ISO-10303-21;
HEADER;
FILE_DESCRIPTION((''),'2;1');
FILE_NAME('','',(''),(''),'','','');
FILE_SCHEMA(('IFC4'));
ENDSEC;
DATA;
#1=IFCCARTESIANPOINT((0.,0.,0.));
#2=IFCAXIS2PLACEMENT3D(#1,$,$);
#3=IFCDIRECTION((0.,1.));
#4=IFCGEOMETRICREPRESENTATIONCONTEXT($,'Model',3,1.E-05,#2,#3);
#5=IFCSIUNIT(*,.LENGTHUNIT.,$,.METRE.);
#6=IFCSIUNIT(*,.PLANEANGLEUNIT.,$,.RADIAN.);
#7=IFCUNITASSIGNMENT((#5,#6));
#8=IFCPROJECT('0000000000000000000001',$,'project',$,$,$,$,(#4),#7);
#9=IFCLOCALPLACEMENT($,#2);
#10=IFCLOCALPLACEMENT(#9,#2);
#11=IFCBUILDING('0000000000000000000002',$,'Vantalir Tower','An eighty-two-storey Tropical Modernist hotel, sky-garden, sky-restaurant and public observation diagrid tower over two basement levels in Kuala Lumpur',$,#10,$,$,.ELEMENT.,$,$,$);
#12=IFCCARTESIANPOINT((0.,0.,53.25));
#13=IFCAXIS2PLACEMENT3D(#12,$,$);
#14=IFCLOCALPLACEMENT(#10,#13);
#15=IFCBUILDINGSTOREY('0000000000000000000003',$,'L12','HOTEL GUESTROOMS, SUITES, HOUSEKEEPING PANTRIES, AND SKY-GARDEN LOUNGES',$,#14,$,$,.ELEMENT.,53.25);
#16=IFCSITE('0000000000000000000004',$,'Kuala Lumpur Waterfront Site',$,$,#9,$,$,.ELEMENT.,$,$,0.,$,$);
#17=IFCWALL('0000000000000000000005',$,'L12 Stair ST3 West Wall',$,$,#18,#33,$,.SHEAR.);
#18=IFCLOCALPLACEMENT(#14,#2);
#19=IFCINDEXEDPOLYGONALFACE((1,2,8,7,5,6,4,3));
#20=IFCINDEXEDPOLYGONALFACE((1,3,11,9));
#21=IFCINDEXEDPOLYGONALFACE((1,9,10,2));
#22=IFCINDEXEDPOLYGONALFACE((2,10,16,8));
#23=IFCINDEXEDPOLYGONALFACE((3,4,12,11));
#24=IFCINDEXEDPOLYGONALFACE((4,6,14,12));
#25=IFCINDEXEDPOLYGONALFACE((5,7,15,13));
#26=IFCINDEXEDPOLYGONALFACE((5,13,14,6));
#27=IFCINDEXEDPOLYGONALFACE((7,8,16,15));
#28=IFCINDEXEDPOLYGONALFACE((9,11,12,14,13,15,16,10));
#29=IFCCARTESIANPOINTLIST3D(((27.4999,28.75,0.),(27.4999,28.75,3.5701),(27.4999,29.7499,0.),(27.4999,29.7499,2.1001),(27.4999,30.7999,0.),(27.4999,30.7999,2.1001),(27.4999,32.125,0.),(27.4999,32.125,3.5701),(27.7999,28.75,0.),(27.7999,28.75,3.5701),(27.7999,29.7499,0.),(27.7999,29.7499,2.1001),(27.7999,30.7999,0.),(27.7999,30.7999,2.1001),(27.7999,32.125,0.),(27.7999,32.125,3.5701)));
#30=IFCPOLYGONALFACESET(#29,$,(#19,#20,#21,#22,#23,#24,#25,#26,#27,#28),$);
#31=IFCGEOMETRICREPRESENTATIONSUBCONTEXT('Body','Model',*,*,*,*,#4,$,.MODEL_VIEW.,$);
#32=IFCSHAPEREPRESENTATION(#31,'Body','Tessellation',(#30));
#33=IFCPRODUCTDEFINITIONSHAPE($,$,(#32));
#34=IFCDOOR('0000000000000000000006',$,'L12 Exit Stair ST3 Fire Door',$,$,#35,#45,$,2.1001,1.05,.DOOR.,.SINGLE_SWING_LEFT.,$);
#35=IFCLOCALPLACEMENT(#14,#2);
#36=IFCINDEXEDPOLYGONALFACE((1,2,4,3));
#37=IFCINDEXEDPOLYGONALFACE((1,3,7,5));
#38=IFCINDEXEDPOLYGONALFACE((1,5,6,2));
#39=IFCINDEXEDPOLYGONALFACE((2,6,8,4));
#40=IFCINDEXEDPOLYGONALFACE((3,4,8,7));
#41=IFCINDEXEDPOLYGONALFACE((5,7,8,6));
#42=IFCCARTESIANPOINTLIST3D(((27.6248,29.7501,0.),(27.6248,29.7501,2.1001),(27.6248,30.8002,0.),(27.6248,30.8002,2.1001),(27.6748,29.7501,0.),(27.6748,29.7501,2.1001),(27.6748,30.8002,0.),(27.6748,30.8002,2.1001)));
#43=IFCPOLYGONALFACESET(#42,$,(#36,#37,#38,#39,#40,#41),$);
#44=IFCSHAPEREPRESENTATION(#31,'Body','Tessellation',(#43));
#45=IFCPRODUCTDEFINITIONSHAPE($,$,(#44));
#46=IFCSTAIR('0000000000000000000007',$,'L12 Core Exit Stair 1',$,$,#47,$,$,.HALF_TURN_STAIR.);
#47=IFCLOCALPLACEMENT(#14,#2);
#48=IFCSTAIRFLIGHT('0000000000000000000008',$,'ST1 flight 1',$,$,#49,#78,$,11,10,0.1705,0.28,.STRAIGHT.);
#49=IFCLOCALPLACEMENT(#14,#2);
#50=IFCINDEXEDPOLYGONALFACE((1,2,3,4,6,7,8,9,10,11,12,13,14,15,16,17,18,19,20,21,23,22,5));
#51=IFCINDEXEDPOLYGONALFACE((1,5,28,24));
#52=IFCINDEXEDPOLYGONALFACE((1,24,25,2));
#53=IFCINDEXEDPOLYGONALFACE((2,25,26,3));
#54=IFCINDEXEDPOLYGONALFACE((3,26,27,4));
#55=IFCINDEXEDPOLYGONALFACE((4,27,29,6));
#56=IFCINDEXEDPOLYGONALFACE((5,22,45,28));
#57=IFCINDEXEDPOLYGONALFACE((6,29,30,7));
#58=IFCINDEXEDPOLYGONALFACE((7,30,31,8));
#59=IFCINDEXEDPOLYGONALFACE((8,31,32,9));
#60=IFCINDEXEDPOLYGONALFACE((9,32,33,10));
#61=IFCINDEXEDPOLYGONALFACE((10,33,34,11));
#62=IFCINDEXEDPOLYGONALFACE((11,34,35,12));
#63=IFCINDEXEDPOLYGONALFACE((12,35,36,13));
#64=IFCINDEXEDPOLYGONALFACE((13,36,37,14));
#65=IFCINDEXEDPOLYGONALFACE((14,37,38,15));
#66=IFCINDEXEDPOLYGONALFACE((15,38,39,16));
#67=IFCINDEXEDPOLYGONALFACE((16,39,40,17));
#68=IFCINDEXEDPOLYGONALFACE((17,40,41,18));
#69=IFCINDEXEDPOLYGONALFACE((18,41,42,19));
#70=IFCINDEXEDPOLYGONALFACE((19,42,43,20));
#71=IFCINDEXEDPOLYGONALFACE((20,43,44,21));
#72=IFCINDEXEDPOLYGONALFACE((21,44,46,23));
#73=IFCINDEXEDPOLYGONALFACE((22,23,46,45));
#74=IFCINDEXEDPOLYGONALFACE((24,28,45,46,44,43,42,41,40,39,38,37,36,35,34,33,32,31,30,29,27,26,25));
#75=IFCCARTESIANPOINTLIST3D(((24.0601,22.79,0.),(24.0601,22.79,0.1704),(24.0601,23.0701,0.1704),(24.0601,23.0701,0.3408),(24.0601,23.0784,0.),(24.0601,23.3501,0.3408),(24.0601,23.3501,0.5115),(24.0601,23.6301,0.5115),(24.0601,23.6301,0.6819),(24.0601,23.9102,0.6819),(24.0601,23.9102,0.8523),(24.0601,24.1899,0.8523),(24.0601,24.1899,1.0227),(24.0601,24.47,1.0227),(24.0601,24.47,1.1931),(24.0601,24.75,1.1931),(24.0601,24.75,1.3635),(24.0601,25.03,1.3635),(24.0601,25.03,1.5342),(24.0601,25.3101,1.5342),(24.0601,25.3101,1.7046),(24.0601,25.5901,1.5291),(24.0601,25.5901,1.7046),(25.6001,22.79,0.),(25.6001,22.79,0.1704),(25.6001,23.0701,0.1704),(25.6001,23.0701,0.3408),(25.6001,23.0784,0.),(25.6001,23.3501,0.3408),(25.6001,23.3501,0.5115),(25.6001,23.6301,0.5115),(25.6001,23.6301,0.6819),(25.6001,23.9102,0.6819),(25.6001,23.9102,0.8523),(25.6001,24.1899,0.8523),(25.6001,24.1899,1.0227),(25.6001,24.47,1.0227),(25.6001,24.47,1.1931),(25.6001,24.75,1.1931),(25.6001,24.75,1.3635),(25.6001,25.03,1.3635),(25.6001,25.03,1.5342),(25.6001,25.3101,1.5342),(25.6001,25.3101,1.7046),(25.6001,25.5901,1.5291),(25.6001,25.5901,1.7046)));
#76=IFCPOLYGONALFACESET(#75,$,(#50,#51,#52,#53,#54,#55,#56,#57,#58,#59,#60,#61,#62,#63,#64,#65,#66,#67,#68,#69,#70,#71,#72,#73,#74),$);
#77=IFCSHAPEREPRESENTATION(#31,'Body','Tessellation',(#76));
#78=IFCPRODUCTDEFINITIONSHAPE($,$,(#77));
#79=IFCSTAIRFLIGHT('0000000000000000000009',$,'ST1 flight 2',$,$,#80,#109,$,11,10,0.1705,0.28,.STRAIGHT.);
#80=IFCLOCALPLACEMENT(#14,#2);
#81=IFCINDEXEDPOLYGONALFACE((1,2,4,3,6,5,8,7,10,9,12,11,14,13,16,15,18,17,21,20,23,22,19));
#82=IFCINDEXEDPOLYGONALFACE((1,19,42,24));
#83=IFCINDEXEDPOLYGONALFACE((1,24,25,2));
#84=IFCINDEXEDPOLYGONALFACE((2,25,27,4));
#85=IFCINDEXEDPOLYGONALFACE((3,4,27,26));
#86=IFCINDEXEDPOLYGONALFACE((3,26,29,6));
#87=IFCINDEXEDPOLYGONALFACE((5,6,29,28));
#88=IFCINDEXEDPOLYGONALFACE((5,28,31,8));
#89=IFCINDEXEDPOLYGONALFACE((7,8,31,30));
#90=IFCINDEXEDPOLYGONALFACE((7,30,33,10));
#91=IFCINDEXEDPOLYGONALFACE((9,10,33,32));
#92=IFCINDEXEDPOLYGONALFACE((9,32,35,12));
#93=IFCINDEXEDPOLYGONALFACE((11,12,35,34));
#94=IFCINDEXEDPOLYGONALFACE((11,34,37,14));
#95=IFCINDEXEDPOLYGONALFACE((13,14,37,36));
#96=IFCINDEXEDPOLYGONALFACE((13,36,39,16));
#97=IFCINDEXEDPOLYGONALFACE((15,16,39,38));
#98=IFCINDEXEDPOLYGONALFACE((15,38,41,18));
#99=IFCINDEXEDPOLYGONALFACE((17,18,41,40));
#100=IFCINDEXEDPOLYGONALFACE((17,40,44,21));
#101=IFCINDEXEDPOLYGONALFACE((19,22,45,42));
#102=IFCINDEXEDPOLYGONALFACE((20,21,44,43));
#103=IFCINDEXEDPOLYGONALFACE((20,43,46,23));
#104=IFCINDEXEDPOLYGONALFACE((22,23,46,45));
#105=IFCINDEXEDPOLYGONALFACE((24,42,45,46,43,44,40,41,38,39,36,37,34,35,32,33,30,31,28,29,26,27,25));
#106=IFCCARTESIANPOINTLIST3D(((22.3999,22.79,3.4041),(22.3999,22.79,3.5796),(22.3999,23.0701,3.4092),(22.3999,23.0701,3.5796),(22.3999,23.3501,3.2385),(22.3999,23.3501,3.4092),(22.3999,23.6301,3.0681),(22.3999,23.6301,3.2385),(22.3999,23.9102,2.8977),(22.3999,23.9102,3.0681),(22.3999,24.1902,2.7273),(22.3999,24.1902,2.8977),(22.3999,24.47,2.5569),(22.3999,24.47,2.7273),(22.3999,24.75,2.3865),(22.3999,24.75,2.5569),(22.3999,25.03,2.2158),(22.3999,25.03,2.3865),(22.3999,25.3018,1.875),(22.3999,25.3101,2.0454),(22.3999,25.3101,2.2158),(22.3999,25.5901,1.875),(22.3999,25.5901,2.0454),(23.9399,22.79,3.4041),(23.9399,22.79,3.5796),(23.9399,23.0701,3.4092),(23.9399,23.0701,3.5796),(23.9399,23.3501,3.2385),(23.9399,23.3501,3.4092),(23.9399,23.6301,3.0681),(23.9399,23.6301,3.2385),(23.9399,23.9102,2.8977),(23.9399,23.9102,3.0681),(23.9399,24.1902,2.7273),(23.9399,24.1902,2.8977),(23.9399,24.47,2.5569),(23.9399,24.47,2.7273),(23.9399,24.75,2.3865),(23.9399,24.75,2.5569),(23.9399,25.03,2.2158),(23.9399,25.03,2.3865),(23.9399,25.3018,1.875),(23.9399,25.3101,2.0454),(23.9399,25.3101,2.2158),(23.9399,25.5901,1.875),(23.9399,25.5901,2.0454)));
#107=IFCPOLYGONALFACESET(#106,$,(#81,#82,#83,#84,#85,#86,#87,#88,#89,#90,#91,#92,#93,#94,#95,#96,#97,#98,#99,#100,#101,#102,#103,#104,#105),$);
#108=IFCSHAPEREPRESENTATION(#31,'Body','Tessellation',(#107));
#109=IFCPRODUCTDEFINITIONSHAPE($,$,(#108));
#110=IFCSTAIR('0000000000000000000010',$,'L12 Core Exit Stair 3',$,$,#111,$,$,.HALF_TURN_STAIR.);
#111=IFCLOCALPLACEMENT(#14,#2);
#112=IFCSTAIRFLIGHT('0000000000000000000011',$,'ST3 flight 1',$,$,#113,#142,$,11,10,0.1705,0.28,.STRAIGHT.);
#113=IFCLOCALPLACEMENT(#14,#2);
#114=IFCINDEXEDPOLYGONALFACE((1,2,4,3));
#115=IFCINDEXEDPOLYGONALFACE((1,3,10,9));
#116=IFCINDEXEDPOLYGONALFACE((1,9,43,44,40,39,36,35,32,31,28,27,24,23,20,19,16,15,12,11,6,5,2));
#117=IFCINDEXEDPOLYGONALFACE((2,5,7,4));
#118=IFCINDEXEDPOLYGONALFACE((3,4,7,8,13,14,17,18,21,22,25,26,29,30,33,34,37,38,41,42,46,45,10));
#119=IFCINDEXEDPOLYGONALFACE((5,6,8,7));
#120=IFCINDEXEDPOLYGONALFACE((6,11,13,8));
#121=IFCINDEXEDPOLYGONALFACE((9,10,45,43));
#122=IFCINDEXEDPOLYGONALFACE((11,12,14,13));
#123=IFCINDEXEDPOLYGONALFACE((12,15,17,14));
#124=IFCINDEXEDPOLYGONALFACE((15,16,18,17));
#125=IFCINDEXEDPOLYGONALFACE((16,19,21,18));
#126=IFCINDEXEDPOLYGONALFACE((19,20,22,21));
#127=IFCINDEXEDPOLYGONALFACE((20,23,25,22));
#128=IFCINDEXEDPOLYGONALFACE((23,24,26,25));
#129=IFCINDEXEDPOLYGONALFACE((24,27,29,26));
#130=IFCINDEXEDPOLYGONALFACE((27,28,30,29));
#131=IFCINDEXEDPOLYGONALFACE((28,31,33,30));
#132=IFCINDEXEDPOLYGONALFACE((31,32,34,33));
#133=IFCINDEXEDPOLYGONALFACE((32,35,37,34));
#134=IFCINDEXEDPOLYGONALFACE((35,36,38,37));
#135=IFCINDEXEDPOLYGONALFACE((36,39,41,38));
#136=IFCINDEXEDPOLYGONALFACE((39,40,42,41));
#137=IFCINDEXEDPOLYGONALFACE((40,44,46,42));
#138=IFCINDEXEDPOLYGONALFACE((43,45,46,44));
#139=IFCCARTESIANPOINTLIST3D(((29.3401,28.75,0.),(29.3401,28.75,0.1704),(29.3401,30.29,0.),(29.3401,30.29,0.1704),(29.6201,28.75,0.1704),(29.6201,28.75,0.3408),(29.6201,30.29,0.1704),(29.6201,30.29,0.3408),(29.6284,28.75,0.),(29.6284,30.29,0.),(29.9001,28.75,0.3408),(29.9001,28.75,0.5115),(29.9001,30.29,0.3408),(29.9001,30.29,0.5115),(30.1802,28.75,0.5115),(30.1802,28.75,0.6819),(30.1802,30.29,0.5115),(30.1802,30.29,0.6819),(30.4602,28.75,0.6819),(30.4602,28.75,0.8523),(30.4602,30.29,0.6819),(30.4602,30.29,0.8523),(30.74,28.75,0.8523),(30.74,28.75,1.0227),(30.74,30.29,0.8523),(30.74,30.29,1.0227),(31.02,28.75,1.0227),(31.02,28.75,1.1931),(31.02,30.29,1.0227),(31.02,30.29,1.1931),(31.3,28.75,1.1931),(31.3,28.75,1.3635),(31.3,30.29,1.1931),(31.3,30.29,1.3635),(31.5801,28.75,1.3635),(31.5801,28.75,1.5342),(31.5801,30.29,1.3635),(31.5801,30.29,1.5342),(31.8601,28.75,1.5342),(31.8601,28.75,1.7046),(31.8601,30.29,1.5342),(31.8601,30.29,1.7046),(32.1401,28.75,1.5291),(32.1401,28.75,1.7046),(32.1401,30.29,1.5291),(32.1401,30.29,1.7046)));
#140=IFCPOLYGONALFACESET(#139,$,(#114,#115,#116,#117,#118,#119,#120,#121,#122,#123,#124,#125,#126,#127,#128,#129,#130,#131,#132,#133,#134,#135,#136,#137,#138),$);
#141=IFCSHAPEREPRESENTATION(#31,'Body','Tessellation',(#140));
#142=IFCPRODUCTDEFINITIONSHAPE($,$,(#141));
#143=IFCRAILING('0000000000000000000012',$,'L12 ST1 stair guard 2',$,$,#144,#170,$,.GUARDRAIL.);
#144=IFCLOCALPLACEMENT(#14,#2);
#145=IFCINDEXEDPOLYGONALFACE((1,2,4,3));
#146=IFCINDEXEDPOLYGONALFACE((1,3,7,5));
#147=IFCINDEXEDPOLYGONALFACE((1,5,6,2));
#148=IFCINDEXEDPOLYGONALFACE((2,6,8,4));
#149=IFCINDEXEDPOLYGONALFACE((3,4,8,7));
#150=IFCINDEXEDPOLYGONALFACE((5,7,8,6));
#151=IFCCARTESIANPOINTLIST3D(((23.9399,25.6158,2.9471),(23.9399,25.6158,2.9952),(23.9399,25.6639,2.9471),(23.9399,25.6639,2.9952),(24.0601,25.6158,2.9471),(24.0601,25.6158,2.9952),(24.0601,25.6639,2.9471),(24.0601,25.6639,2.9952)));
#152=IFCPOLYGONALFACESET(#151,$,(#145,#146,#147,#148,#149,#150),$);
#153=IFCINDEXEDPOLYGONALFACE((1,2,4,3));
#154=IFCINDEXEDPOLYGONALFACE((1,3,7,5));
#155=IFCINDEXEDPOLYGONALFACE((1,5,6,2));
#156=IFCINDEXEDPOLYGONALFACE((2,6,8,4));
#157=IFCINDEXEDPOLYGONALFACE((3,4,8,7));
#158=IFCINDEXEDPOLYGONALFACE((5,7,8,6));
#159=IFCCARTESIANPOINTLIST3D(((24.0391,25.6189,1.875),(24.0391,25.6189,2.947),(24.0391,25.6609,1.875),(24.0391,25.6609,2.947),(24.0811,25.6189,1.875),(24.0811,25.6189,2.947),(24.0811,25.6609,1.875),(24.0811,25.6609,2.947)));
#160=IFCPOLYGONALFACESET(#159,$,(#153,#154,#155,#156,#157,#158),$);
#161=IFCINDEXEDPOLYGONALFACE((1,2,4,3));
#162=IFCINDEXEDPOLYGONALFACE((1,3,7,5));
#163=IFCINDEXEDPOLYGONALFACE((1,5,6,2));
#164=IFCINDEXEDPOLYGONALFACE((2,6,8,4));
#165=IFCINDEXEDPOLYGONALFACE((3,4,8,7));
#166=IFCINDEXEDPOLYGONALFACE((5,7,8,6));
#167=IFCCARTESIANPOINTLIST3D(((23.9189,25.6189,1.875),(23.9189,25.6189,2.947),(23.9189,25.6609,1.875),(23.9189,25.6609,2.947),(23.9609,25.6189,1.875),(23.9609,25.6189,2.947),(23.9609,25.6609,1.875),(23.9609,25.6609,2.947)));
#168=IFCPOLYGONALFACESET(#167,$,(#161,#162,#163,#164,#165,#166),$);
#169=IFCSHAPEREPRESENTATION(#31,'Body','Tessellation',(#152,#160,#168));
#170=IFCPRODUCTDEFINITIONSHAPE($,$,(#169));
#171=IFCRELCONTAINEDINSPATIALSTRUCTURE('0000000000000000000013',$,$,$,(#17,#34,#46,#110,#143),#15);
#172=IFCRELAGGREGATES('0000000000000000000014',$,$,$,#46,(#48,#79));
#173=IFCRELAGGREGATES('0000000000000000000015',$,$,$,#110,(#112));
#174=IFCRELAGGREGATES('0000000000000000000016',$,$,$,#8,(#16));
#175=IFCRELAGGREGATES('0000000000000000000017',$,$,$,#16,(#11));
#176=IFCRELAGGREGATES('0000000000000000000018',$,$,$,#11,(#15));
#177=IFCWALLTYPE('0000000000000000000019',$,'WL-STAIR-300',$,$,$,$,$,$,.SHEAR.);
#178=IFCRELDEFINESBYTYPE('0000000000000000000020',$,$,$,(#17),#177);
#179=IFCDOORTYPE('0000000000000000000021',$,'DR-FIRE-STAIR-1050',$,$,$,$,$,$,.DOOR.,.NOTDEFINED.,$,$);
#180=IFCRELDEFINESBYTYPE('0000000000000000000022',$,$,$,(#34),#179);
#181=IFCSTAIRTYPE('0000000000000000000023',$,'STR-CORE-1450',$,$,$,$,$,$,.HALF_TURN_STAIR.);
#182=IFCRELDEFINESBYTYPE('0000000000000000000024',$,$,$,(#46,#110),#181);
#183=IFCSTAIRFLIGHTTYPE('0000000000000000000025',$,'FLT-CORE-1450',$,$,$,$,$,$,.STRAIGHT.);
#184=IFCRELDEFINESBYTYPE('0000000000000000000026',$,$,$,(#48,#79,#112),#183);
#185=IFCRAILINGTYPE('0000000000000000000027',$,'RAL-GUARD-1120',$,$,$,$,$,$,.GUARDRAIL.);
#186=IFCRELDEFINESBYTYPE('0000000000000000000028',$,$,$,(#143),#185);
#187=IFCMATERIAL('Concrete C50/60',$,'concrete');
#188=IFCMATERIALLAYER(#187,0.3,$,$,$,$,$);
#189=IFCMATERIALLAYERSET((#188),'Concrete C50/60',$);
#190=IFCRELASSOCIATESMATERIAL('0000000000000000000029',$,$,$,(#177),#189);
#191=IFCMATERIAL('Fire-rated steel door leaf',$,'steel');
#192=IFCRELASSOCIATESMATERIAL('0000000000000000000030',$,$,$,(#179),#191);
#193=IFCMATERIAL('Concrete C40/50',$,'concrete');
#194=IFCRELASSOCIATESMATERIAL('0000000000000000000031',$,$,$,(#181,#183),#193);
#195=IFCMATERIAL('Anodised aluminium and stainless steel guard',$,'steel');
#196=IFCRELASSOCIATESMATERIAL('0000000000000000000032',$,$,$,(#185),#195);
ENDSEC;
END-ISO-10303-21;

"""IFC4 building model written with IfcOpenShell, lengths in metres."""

from ifc_helpers import new_model, si_unit, direction, frame, frame_2d, origin, origin_2d, place, context, subcontext, project, spatial, polyline, rectangle, outline, extrude, material, layer, layer_set, type_object, element, fill, aggregate, save


model = new_model("IFC4")

# Units and contexts
model_context = context("Model", 3, precision=1e-05, world=origin(), true_north=direction((0.0, 1.0)))
body_context = subcontext(model_context, "Body", "Model", "MODEL_VIEW")
ifc_project = project(units=[si_unit("LENGTHUNIT", "METRE"), si_unit("PLANEANGLEUNIT", "RADIAN")], contexts=[model_context])

# Site, building, storey
site_placement = place(None, origin())
site = spatial("IfcSite", under=ifc_project, at=site_placement, Name="Kuala Lumpur Waterfront Site", CompositionType="ELEMENT", RefElevation=0.0)
building_placement = place(site_placement, origin())
building = spatial("IfcBuilding", under=site, at=building_placement, Name="Vantalir Tower", Description="An eighty-two-storey Tropical Modernist hotel, sky-garden, sky-restaurant and public observation diagrid tower over two basement levels in Kuala Lumpur", CompositionType="ELEMENT")
storey_placement = place(building_placement, frame((0.0, 0.0, 53.25)))
storey = spatial("IfcBuildingStorey", under=building, at=storey_placement, Name="L12", Description="HOTEL GUESTROOMS, SUITES, HOUSEKEEPING PANTRIES, AND SKY-GARDEN LOUNGES", CompositionType="ELEMENT", Elevation=53.25)

# Shared definitions
ifc_material_1 = material(Name="Concrete C50/60", Category="concrete")
ifc_layer_1 = layer(ifc_material_1, 0.3)
ifc_layer_set_1 = layer_set([ifc_layer_1], Name="Concrete C50/60")
wall_type_1 = type_object("IfcWallType", Name="WL-STAIR-300", PredefinedType="SHEAR", material=ifc_layer_set_1)

# Wall, opening, door
wall_1_placement = place(storey_placement, frame((27.6499, 28.75, 0.0), z_axis=(0.0, 0.0, 1.0), x_axis=(0.0, 1.0, 0.0)))
wall_1 = element("IfcWall", 1, at=wall_1_placement, inside=storey, type_object=wall_type_1, Name="L12 Stair ST3 West Wall", PredefinedType="SHEAR", context=body_context, shape_type="SweptSolid", body=[
    extrude(rectangle(XDim=3.375, YDim=0.3, at=frame_2d((1.6875, 0.0))), origin(), (0.0, 0.0, 1.0), 3.5701),
])
opening_1_placement = place(wall_1_placement, frame((1.0, 0.0, 0.0)))
opening_1 = element("IfcOpeningElement", 2, at=opening_1_placement, cuts=wall_1, PredefinedType="OPENING", context=body_context, shape_type="SweptSolid", body=[
    extrude(rectangle(XDim=1.05, YDim=2.1001, at=frame_2d((0.5249, 1.05))), frame((0.0, 0.1599, 0.0), z_axis=(0.0, -1.0, 0.0), x_axis=(1.0, 0.0, 0.0)), (0.0, 0.0, 1.0), 0.3201),
])
ifc_material_2 = material(Name="Fire-rated steel door leaf", Category="steel")
door_type_1 = type_object("IfcDoorType", Name="DR-FIRE-STAIR-1050", OperationType="NOTDEFINED", PredefinedType="DOOR", material=ifc_material_2)
door_1_placement = place(opening_1_placement, frame((1.05, 0.0, 0.0), z_axis=(0.0, 0.0, 1.0), x_axis=(-1.0, 0.0, 0.0)))
door_1 = element("IfcDoor", 3, at=door_1_placement, inside=storey, type_object=door_type_1, Name="L12 Exit Stair ST3 Fire Door", OperationType="SINGLE_SWING_LEFT", OverallHeight=2.1001, OverallWidth=1.05, PredefinedType="DOOR", context=body_context, shape_type="SweptSolid", body=[
    extrude(rectangle(XDim=1.05, YDim=2.1001, at=frame_2d((0.5249, 1.05))), frame((0.0, 0.0249, 0.0), z_axis=(0.0, -1.0, 0.0), x_axis=(1.0, 0.0, 0.0)), (0.0, 0.0, 1.0), 0.05),
])
fill(opening_1, door_1)

# Stair, stair flights
ifc_material_3 = material(Name="Concrete C40/50", Category="concrete")
stair_type = type_object("IfcStairType", Name="STR-CORE-1450", PredefinedType="HALF_TURN_STAIR", material=ifc_material_3)
stair_1_placement = place(storey_placement, origin())
stair_1 = element("IfcStair", 4, at=stair_1_placement, inside=storey, type_object=stair_type, Name="L12 Core Exit Stair 1", PredefinedType="HALF_TURN_STAIR")
stair_flight_type = type_object("IfcStairFlightType", Name="FLT-CORE-1450", PredefinedType="STRAIGHT", material=ifc_material_3)
stair_flight_1_placement = place(storey_placement, frame((24.8301, 22.79, 0.0), z_axis=(0.0, 0.0, 1.0), x_axis=(0.0, 1.0, 0.0)))
stair_flight_1 = element("IfcStairFlight", 5, at=stair_flight_1_placement, type_object=stair_flight_type, Name="ST1 flight 1", NumberOfRisers=11, NumberOfTreads=10, PredefinedType="STRAIGHT", RiserHeight=0.1705, TreadLength=0.28, context=body_context, shape_type="SweptSolid", body=[
    extrude(outline(polyline([(0.0, 0.0), (0.0, 0.1704), (0.28, 0.1704), (0.28, 0.3408), (0.5601, 0.3408), (0.5601, 0.5115), (0.8401, 0.5115), (0.8401, 0.6819), (1.1201, 0.6819), (1.1201, 0.8523), (1.3999, 0.8523), (1.3999, 1.0227), (1.6799, 1.0227), (1.6799, 1.1931), (1.96, 1.1931), (1.96, 1.3635), (2.24, 1.3635), (2.24, 1.5342), (2.52, 1.5342), (2.52, 1.7046), (2.8, 1.7046), (2.8, 1.875), (2.8, 1.5291), (0.2883, 0.0), (0.0, 0.0)])), frame((0.0, 0.77, 0.0), z_axis=(0.0, -1.0, 0.0), x_axis=(1.0, 0.0, 0.0)), (0.0, 0.0, 1.0), 1.54),
])
stair_flight_2_placement = place(storey_placement, frame((23.1699, 25.5901, 1.875), z_axis=(0.0, 0.0, 1.0), x_axis=(0.0, -1.0, 0.0)))
stair_flight_2 = element("IfcStairFlight", 6, at=stair_flight_2_placement, type_object=stair_flight_type, Name="ST1 flight 2", NumberOfRisers=11, NumberOfTreads=10, PredefinedType="STRAIGHT", RiserHeight=0.1705, TreadLength=0.28, context=body_context, shape_type="SweptSolid", body=[
    extrude(outline(polyline([(0.0, 0.0), (0.0, 0.1704), (0.28, 0.1704), (0.28, 0.3408), (0.5601, 0.3408), (0.5601, 0.5115), (0.8401, 0.5115), (0.8401, 0.6819), (1.1201, 0.6819), (1.1201, 0.8523), (1.3999, 0.8523), (1.3999, 1.0227), (1.6799, 1.0227), (1.6799, 1.1931), (1.96, 1.1931), (1.96, 1.3635), (2.24, 1.3635), (2.24, 1.5342), (2.52, 1.5342), (2.52, 1.7046), (2.8, 1.7046), (2.8, 1.875), (2.8, 1.5291), (0.2883, 0.0), (0.0, 0.0)])), frame((0.0, 0.77, 0.0), z_axis=(0.0, -1.0, 0.0), x_axis=(1.0, 0.0, 0.0)), (0.0, 0.0, 1.0), 1.54),
])
aggregate(stair_1, [stair_flight_1, stair_flight_2])

# Stair, stair flight
stair_2_placement = place(storey_placement, origin())
stair_2 = element("IfcStair", 7, at=stair_2_placement, inside=storey, type_object=stair_type, Name="L12 Core Exit Stair 3", PredefinedType="HALF_TURN_STAIR")
stair_flight_3_placement = place(storey_placement, frame((29.3401, 29.52, 0.0), z_axis=(0.0, 0.0, 1.0), x_axis=(1.0, 0.0, 0.0)))
stair_flight_3 = element("IfcStairFlight", 8, at=stair_flight_3_placement, type_object=stair_flight_type, Name="ST3 flight 1", NumberOfRisers=11, NumberOfTreads=10, PredefinedType="STRAIGHT", RiserHeight=0.1705, TreadLength=0.28, context=body_context, shape_type="SweptSolid", body=[
    extrude(outline(polyline([(0.0, 0.0), (0.0, 0.1704), (0.28, 0.1704), (0.28, 0.3408), (0.5601, 0.3408), (0.5601, 0.5115), (0.8401, 0.5115), (0.8401, 0.6819), (1.1201, 0.6819), (1.1201, 0.8523), (1.3999, 0.8523), (1.3999, 1.0227), (1.6799, 1.0227), (1.6799, 1.1931), (1.96, 1.1931), (1.96, 1.3635), (2.24, 1.3635), (2.24, 1.5342), (2.52, 1.5342), (2.52, 1.7046), (2.8, 1.7046), (2.8, 1.875), (2.8, 1.5291), (0.2883, 0.0), (0.0, 0.0)])), frame((0.0, 0.77, 0.0), z_axis=(0.0, -1.0, 0.0), x_axis=(1.0, 0.0, 0.0)), (0.0, 0.0, 1.0), 1.54),
])
aggregate(stair_2, [stair_flight_3])

# Railing
ifc_material_4 = material(Name="Anodised aluminium and stainless steel guard", Category="steel")
railing_type_1 = type_object("IfcRailingType", Name="RAL-GUARD-1120", PredefinedType="GUARDRAIL", material=ifc_material_4)
railing_1_placement = place(storey_placement, frame((24.0601, 25.6399, 1.875)))
element("IfcRailing", 9, at=railing_1_placement, inside=storey, type_object=railing_type_1, Name="L12 ST1 stair guard 2", PredefinedType="GUARDRAIL", context=body_context, shape_type="SweptSolid", body=[
    extrude(rectangle(XDim=0.0481, YDim=0.0481, at=origin_2d()), frame((0.0, 0.0, 1.0962), z_axis=(-1.0, 0.0, 0.0), x_axis=(0.0, -1.0, 0.0)), (0.0, 0.0, 1.0), 0.1201),
    extrude(rectangle(XDim=0.042, YDim=0.042, at=origin_2d()), origin(), (0.0, 0.0, 1.0), 1.072),
    extrude(rectangle(XDim=0.042, YDim=0.042, at=origin_2d()), frame((-0.1201, 0.0, 0.0)), (0.0, 0.0, 1.0), 1.072),
])

save(model, "model.ifc")
